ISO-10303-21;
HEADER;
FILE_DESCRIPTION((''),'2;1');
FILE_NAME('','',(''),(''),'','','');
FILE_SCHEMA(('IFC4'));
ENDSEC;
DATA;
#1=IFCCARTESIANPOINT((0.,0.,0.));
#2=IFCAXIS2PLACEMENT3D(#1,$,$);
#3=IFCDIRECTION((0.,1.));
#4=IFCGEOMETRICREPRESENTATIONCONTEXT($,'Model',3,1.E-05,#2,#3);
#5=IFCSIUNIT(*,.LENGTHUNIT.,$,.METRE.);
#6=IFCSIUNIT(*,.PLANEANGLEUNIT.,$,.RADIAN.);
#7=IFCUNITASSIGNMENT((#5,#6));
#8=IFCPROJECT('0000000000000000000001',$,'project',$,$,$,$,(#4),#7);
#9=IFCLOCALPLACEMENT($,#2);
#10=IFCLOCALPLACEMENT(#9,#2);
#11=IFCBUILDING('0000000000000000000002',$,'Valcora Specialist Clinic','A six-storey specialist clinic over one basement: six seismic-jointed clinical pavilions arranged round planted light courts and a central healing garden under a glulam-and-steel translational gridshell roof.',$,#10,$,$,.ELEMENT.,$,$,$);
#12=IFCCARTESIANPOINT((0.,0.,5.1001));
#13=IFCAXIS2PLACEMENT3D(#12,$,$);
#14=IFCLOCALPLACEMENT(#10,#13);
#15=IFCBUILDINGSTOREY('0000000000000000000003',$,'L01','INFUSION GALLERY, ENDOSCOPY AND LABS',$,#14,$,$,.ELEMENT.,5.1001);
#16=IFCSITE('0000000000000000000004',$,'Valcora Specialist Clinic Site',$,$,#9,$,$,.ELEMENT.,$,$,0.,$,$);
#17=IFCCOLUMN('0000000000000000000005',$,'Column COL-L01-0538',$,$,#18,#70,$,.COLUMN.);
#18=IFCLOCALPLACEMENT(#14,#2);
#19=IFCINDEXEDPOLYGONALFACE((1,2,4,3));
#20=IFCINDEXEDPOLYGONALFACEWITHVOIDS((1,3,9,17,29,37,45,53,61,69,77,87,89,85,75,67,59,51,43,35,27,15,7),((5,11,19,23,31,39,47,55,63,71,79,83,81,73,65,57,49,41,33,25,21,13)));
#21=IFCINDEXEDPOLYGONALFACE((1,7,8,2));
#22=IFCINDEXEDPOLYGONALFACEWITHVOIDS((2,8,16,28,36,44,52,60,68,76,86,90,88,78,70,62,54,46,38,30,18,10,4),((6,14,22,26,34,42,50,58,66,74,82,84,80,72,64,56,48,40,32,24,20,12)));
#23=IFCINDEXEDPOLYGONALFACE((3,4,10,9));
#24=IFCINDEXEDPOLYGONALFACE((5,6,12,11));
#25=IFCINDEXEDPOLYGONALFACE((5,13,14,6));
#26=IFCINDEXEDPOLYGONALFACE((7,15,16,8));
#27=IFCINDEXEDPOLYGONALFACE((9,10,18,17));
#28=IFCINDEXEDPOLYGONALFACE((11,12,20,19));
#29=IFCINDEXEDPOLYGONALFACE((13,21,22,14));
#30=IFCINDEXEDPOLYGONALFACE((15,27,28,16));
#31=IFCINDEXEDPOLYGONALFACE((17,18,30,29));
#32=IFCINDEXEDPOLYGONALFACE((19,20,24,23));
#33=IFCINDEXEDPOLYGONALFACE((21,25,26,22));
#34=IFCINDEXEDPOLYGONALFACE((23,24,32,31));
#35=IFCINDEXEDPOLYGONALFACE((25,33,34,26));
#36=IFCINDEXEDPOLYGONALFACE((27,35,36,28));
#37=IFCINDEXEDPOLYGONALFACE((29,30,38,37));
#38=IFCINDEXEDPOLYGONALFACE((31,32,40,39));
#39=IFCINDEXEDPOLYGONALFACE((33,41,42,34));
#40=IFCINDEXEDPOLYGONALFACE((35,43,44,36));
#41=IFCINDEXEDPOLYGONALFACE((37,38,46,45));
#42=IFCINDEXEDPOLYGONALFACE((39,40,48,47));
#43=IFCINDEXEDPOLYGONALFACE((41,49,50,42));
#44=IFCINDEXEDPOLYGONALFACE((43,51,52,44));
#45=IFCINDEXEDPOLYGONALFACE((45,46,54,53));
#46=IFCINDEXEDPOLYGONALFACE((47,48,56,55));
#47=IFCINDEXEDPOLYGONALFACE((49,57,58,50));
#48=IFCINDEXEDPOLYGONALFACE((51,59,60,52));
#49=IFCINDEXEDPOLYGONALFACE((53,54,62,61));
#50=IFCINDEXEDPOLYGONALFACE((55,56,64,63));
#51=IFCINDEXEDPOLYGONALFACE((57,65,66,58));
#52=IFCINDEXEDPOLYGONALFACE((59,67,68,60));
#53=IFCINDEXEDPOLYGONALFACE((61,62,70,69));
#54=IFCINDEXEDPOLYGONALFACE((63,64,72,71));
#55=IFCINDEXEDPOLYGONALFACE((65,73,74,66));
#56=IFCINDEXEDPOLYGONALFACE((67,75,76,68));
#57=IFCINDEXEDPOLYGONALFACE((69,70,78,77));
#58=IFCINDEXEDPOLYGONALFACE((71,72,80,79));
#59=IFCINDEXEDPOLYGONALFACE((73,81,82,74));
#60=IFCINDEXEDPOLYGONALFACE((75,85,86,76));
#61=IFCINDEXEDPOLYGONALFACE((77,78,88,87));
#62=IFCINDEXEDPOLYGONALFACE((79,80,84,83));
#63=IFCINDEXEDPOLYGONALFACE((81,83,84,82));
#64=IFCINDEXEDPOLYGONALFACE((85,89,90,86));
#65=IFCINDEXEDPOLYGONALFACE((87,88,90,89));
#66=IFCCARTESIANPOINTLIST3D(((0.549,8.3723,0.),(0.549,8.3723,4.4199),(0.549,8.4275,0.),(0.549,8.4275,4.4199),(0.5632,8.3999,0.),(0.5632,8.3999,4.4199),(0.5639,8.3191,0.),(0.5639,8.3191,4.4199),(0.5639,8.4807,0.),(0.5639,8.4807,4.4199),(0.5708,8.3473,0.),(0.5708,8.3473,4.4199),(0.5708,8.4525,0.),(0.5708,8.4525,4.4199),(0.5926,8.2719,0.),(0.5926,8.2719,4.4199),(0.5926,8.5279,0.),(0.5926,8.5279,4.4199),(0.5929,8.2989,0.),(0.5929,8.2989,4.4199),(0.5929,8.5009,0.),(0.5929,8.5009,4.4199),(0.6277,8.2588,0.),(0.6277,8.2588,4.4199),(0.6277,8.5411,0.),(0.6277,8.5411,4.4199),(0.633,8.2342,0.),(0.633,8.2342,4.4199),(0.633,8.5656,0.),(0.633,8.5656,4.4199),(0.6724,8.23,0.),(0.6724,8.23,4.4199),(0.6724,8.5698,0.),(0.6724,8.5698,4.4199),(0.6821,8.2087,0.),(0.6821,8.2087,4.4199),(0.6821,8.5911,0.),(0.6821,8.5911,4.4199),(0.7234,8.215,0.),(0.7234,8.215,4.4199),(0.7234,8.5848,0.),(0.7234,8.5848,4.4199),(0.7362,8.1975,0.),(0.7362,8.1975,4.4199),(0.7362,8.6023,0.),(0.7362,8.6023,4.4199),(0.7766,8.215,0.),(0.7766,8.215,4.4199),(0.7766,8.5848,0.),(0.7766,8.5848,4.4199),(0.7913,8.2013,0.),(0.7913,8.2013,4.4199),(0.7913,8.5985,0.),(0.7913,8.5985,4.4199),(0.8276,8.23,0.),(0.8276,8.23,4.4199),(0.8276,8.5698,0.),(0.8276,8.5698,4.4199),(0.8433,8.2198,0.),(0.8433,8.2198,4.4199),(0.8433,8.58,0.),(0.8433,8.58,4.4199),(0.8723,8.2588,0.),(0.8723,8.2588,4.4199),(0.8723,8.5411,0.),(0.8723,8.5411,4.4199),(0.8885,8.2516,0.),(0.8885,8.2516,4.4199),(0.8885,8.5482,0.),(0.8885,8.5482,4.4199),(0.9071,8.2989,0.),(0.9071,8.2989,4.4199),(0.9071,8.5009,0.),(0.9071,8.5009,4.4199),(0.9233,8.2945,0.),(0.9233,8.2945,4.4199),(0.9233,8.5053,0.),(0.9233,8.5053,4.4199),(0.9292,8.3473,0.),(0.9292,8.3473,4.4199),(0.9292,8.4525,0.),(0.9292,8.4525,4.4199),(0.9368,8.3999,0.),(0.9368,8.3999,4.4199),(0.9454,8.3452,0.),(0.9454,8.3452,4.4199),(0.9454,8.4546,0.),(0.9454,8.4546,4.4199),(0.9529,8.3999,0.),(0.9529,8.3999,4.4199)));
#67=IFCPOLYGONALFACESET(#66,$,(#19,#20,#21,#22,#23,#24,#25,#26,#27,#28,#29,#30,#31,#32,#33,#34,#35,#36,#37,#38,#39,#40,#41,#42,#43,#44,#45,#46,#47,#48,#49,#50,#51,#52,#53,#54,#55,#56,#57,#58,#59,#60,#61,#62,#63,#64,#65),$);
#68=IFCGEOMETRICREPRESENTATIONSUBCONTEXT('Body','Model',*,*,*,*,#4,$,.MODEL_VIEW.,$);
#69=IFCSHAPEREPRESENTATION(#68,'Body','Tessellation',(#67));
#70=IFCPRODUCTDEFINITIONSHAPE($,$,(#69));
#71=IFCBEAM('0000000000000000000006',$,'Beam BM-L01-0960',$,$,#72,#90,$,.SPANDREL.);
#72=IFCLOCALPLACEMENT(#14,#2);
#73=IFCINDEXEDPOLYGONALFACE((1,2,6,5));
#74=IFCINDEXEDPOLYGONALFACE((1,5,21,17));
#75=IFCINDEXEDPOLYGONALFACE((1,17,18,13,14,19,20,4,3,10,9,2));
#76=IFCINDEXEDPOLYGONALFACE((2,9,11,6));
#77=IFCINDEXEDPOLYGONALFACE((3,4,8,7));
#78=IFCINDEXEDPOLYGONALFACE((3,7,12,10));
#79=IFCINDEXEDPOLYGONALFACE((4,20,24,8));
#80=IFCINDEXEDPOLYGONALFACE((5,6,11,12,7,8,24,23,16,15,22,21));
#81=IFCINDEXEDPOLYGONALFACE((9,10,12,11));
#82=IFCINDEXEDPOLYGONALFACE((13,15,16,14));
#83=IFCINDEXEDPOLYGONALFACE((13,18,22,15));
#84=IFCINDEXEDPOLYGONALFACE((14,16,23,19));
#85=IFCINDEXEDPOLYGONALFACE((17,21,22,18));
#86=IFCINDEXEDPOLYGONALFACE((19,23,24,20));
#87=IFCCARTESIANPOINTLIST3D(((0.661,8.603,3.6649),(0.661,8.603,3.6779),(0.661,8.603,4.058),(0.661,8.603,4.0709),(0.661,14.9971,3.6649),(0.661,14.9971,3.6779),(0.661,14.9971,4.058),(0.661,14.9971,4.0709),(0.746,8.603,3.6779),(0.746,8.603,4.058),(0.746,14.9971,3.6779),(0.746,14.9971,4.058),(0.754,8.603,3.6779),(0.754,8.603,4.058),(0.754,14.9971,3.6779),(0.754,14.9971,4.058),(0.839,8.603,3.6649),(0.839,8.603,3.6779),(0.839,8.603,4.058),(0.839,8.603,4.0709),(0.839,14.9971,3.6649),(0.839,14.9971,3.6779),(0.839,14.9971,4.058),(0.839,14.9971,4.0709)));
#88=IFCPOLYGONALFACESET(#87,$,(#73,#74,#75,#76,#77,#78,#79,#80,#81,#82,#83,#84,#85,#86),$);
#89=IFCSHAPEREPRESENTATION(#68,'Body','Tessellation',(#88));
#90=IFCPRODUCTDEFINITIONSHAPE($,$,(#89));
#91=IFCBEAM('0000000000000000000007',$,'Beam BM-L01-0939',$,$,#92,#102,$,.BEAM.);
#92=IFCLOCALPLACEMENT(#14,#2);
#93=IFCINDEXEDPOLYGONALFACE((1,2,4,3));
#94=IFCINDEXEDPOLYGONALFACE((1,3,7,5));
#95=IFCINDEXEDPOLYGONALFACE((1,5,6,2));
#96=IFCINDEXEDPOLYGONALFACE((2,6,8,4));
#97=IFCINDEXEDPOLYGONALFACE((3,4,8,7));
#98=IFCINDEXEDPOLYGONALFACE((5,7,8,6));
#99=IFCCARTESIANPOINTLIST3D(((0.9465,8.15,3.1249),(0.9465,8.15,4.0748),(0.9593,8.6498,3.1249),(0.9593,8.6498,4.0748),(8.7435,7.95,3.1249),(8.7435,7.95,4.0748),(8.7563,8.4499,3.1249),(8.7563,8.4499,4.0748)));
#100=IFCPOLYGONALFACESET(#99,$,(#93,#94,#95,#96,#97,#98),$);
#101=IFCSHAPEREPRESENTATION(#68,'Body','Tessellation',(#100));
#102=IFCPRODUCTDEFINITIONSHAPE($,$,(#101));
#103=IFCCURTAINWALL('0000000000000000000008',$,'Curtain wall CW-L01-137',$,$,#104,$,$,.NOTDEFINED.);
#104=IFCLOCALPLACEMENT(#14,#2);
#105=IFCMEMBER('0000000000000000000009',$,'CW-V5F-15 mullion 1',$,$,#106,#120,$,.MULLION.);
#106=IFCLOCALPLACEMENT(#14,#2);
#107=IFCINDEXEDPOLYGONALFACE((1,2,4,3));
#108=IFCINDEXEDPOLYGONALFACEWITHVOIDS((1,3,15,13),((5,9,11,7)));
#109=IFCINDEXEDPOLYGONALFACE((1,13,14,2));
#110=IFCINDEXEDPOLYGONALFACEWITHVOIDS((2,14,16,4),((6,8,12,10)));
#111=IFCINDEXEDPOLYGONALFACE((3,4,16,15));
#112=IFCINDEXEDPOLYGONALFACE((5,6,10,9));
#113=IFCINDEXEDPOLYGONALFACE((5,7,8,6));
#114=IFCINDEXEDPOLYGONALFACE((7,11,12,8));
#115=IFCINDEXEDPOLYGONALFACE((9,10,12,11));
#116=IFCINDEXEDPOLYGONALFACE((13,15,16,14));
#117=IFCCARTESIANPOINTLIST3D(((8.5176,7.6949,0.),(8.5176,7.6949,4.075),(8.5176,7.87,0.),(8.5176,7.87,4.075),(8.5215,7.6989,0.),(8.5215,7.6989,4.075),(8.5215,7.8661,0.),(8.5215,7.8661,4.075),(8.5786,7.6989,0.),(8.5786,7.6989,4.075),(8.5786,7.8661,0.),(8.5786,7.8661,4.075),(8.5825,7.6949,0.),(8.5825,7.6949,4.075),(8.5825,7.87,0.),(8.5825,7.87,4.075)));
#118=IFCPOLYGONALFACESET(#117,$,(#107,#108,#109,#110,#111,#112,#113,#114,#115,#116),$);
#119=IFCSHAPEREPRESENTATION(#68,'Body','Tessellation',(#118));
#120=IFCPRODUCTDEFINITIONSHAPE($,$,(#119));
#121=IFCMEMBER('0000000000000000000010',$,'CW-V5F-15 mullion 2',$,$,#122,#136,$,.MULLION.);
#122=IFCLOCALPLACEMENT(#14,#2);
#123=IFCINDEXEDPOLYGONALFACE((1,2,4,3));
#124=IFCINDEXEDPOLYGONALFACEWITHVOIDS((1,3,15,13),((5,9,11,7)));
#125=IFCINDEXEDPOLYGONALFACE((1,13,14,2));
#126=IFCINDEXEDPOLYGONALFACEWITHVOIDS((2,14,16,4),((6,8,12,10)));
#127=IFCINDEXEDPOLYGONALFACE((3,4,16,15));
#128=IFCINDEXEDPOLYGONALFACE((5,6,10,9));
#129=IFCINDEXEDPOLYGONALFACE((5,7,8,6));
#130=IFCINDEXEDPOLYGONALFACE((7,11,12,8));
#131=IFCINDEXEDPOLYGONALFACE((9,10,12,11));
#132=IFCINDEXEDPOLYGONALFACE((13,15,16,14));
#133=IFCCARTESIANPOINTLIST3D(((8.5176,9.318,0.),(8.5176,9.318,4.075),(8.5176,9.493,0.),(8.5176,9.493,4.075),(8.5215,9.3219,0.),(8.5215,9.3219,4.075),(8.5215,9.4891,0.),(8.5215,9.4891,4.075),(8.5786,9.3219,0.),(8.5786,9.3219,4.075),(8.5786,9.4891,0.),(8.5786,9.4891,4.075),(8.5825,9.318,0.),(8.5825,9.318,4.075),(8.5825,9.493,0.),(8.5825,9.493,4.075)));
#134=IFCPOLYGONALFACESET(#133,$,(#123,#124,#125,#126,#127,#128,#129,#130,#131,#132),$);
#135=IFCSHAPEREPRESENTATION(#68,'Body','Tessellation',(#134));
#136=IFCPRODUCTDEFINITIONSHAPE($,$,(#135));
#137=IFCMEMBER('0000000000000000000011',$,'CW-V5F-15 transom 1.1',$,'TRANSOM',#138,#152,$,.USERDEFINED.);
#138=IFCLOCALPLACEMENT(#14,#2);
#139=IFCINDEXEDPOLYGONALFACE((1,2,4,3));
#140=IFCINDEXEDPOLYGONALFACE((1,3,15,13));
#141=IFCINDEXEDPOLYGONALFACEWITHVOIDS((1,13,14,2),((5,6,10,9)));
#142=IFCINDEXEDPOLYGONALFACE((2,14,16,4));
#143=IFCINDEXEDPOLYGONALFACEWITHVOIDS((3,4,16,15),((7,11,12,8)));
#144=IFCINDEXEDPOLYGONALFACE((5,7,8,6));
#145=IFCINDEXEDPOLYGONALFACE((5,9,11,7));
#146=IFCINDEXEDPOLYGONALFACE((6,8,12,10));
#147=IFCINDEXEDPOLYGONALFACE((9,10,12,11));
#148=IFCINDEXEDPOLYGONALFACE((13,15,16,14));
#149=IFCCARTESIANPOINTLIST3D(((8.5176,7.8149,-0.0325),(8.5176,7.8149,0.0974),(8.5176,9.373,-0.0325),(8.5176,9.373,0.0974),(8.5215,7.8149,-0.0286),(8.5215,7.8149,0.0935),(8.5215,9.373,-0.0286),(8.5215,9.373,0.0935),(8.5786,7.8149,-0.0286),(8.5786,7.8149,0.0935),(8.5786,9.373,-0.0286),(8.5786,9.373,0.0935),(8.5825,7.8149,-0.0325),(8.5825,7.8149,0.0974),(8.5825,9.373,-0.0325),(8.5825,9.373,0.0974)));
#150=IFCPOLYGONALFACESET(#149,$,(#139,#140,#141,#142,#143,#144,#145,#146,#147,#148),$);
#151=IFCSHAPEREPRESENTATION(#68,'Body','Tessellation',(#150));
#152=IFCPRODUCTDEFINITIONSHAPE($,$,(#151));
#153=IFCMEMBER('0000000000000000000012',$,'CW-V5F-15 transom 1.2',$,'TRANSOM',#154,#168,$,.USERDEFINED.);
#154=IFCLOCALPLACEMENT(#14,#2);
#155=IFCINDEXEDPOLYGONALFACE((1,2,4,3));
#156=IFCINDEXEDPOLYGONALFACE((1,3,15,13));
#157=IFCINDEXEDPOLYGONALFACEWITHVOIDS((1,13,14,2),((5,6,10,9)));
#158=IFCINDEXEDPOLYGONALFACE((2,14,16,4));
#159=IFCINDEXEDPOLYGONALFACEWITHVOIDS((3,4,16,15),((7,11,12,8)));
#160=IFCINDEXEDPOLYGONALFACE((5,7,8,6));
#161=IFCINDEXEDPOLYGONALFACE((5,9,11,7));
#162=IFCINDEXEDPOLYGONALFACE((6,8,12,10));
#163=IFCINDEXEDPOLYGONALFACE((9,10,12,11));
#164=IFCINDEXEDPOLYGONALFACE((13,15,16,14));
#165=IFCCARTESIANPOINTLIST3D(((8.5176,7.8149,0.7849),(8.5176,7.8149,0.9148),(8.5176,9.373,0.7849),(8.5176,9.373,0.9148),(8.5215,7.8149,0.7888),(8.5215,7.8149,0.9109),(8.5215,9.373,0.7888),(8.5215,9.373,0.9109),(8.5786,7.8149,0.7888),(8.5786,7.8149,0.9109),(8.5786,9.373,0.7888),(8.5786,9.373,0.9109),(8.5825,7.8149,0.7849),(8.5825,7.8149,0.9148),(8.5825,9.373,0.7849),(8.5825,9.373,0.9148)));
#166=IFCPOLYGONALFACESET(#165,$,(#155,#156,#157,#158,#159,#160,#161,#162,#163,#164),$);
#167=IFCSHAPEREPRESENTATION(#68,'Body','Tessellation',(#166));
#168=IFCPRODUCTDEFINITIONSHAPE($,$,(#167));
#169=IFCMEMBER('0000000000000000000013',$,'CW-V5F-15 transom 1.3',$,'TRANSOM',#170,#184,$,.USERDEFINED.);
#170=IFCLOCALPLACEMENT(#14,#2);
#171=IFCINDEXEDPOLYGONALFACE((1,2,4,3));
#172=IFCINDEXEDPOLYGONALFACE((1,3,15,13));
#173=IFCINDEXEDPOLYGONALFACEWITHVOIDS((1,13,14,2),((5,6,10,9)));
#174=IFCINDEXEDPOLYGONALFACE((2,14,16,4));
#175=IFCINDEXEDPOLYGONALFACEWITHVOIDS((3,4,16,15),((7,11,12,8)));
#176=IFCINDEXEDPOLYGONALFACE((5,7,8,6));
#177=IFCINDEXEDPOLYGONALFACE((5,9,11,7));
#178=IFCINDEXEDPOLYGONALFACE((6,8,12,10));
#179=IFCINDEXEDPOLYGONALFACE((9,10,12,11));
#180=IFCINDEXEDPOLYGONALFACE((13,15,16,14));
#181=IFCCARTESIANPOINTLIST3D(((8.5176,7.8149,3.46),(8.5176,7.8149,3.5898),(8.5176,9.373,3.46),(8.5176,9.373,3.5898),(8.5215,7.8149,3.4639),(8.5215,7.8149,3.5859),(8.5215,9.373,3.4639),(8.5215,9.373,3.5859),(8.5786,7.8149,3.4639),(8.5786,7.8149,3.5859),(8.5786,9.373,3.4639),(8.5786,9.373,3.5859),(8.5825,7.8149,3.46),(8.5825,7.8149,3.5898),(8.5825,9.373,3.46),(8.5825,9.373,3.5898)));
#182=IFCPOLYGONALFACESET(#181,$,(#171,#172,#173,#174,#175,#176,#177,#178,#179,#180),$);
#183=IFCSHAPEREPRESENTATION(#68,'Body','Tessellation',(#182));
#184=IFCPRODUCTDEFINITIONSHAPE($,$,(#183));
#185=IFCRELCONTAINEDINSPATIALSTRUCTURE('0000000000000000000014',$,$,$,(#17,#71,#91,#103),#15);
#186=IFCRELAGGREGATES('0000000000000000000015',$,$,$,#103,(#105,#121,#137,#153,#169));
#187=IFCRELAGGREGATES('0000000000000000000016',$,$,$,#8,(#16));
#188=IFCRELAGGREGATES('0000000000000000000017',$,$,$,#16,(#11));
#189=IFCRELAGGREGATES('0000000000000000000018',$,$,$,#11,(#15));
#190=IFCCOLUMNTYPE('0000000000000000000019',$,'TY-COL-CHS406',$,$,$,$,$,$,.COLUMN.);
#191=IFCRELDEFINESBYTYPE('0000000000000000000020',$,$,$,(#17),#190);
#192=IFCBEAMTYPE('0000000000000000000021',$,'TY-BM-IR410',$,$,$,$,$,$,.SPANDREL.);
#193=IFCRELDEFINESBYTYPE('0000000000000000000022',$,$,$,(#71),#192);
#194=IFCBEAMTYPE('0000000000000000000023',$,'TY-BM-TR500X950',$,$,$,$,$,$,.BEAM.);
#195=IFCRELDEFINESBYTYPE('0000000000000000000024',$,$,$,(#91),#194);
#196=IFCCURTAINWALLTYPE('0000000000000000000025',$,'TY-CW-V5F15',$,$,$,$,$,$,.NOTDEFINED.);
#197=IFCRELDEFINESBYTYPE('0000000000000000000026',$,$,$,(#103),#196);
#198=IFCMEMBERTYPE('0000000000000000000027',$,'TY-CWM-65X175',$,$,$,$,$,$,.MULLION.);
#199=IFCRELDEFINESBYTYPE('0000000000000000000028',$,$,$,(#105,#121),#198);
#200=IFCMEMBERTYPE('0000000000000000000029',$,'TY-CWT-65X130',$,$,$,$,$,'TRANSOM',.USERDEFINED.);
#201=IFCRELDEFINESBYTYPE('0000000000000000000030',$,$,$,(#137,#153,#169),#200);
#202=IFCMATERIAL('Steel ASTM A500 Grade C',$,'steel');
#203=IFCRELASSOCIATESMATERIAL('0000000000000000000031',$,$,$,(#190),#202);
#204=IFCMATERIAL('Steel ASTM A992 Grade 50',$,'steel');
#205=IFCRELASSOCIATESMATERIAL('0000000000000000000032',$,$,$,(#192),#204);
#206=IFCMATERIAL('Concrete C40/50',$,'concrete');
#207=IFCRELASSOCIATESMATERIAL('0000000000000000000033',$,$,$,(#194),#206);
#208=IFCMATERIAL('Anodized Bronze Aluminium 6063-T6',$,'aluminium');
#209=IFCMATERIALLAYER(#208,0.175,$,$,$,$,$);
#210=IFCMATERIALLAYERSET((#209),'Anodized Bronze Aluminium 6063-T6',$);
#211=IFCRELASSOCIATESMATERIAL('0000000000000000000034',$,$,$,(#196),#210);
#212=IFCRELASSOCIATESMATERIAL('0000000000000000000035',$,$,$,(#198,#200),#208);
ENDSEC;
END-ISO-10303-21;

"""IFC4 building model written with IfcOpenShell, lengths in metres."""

from ifc_helpers import new_model, si_unit, direction, frame, origin, origin_2d, place, context, subcontext, project, spatial, rectangle, hollow_rectangle, hollow_circle, i_section, extrude, material, layer, layer_set, material_profile, profile_set, type_object, element, aggregate, save


model = new_model("IFC4")

# Units and contexts
model_context = context("Model", 3, precision=1e-05, world=origin(), true_north=direction((0.0, 1.0)))
body_context = subcontext(model_context, "Body", "Model", "MODEL_VIEW")
ifc_project = project(units=[si_unit("LENGTHUNIT", "METRE"), si_unit("PLANEANGLEUNIT", "RADIAN")], contexts=[model_context])

# Site, building, storey
site_placement = place(None, origin())
site = spatial("IfcSite", under=ifc_project, at=site_placement, Name="Valcora Specialist Clinic Site", CompositionType="ELEMENT", RefElevation=0.0)
building_placement = place(site_placement, origin())
building = spatial("IfcBuilding", under=site, at=building_placement, Name="Valcora Specialist Clinic", Description="A six-storey specialist clinic over one basement: six seismic-jointed clinical pavilions arranged round planted light courts and a central healing garden under a glulam-and-steel translational gridshell roof.", CompositionType="ELEMENT")
storey_placement = place(building_placement, frame((0.0, 0.0, 5.1001)))
storey = spatial("IfcBuildingStorey", under=building, at=storey_placement, Name="L01", Description="INFUSION GALLERY, ENDOSCOPY AND LABS", CompositionType="ELEMENT", Elevation=5.1001)

# Column
ifc_material_1 = material(Name="Steel ASTM A500 Grade C", Category="steel")
ifc_material_profile_1 = material_profile(ifc_material_1, hollow_circle(Radius=0.2029, WallThickness=0.0161, at=origin_2d()), Name="ST-CHS-406X16")
ifc_profile_set_1 = profile_set([ifc_material_profile_1], Name="Steel ASTM A500 Grade C")
column_type = type_object("IfcColumnType", Name="TY-COL-CHS406", PredefinedType="COLUMN", material=ifc_profile_set_1)
column_placement = place(storey_placement, frame((0.75, 8.3999, 0.0), z_axis=(0.0, 0.0, 1.0), x_axis=(1.0, 0.0, 0.0)))
element("IfcColumn", 1, at=column_placement, inside=storey, type_object=column_type, Name="Column COL-L01-0538", PredefinedType="COLUMN", context=body_context, shape_type="SweptSolid", body=[
    extrude(hollow_circle(Radius=0.2029, WallThickness=0.0161, at=origin_2d()), origin(), (0.0, 0.0, 1.0), 4.4199),
])

# Beams
ifc_material_2 = material(Name="Steel ASTM A992 Grade 50", Category="steel")
ifc_material_profile_2 = material_profile(ifc_material_2, i_section(OverallWidth=0.178, OverallDepth=0.406, WebThickness=0.0081, FlangeThickness=0.0129, at=origin_2d()), Name="ST-IR-410X180")
ifc_profile_set_2 = profile_set([ifc_material_profile_2], Name="Steel ASTM A992 Grade 50")
beam_type_1 = type_object("IfcBeamType", Name="TY-BM-IR410", PredefinedType="SPANDREL", material=ifc_profile_set_2)
beam_1_placement = place(storey_placement, frame((0.75, 8.603, 3.8679), z_axis=(0.0, 1.0, 0.0), x_axis=(-1.0, 0.0, 0.0)))
element("IfcBeam", 2, at=beam_1_placement, inside=storey, type_object=beam_type_1, Name="Beam BM-L01-0960", PredefinedType="SPANDREL", context=body_context, shape_type="SweptSolid", body=[
    extrude(i_section(OverallWidth=0.178, OverallDepth=0.406, WebThickness=0.0081, FlangeThickness=0.0129, at=origin_2d()), origin(), (0.0, 0.0, 1.0), 6.394),
])
ifc_material_3 = material(Name="Concrete C40/50", Category="concrete")
ifc_material_profile_3 = material_profile(ifc_material_3, rectangle(XDim=0.5, YDim=0.95, at=origin_2d()), Name="RC-BM-500X950")
ifc_profile_set_3 = profile_set([ifc_material_profile_3], Name="Concrete C40/50")
beam_type_2 = type_object("IfcBeamType", Name="TY-BM-TR500X950", PredefinedType="BEAM", material=ifc_profile_set_3)
beam_2_placement = place(storey_placement, frame((0.9529, 8.3999, 3.5999), z_axis=(0.999671, -0.025636, 0.0), x_axis=(0.025636, 0.999671, 0.0)))
element("IfcBeam", 3, at=beam_2_placement, inside=storey, type_object=beam_type_2, Name="Beam BM-L01-0939", PredefinedType="BEAM", context=body_context, shape_type="SweptSolid", body=[
    extrude(rectangle(XDim=0.5, YDim=0.95, at=origin_2d()), origin(), (0.0, 0.0, 1.0), 7.7996),
])

# Curtain wall, members
ifc_material_4 = material(Name="Anodized Bronze Aluminium 6063-T6", Category="aluminium")
ifc_layer_1 = layer(ifc_material_4, 0.175)
ifc_layer_set_1 = layer_set([ifc_layer_1], Name="Anodized Bronze Aluminium 6063-T6")
curtain_wall_type = type_object("IfcCurtainWallType", Name="TY-CW-V5F15", PredefinedType="NOTDEFINED", material=ifc_layer_set_1)
curtain_wall_placement = place(storey_placement, origin())
curtain_wall = element("IfcCurtainWall", 4, at=curtain_wall_placement, inside=storey, type_object=curtain_wall_type, Name="Curtain wall CW-L01-137", PredefinedType="NOTDEFINED")
ifc_material_profile_4 = material_profile(ifc_material_4, hollow_rectangle(XDim=0.0649, YDim=0.175, WallThickness=0.0039, at=origin_2d()), Name="AL-MUL-65X175")
ifc_profile_set_4 = profile_set([ifc_material_profile_4], Name="Anodized Bronze Aluminium 6063-T6")
member_type_1 = type_object("IfcMemberType", Name="TY-CWM-65X175", PredefinedType="MULLION", material=ifc_profile_set_4)
member_1_placement = place(storey_placement, frame((8.55, 7.7825, 0.0), z_axis=(0.0, 0.0, 1.0), x_axis=(-1.0, 0.0, 0.0)))
member_1 = element("IfcMember", 5, at=member_1_placement, type_object=member_type_1, Name="CW-V5F-15 mullion 1", PredefinedType="MULLION", context=body_context, shape_type="SweptSolid", body=[
    extrude(hollow_rectangle(XDim=0.0649, YDim=0.175, WallThickness=0.0039, at=origin_2d()), origin(), (0.0, 0.0, 1.0), 4.075),
])
member_2_placement = place(storey_placement, frame((8.55, 9.4055, 0.0), z_axis=(0.0, 0.0, 1.0), x_axis=(-1.0, 0.0, 0.0)))
member_2 = element("IfcMember", 6, at=member_2_placement, type_object=member_type_1, Name="CW-V5F-15 mullion 2", PredefinedType="MULLION", context=body_context, shape_type="SweptSolid", body=[
    extrude(hollow_rectangle(XDim=0.0649, YDim=0.175, WallThickness=0.0039, at=origin_2d()), origin(), (0.0, 0.0, 1.0), 4.075),
])
ifc_material_profile_5 = material_profile(ifc_material_4, hollow_rectangle(XDim=0.0649, YDim=0.1299, WallThickness=0.0039, at=origin_2d()), Name="AL-TRN-65X130")
ifc_profile_set_5 = profile_set([ifc_material_profile_5], Name="Anodized Bronze Aluminium 6063-T6")
member_type_2 = type_object("IfcMemberType", Name="TY-CWT-65X130", ElementType="TRANSOM", PredefinedType="USERDEFINED", material=ifc_profile_set_5)
member_3_placement = place(storey_placement, frame((8.55, 7.8149, 0.0325), z_axis=(0.0, 1.0, 0.0), x_axis=(-1.0, 0.0, 0.0)))
member_3 = element("IfcMember", 7, at=member_3_placement, type_object=member_type_2, Name="CW-V5F-15 transom 1.1", ObjectType="TRANSOM", PredefinedType="USERDEFINED", context=body_context, shape_type="SweptSolid", body=[
    extrude(hollow_rectangle(XDim=0.0649, YDim=0.1299, WallThickness=0.0039, at=origin_2d()), origin(), (0.0, 0.0, 1.0), 1.5581),
])
member_4_placement = place(storey_placement, frame((8.55, 7.8149, 0.8499), z_axis=(0.0, 1.0, 0.0), x_axis=(-1.0, 0.0, 0.0)))
member_4 = element("IfcMember", 8, at=member_4_placement, type_object=member_type_2, Name="CW-V5F-15 transom 1.2", ObjectType="TRANSOM", PredefinedType="USERDEFINED", context=body_context, shape_type="SweptSolid", body=[
    extrude(hollow_rectangle(XDim=0.0649, YDim=0.1299, WallThickness=0.0039, at=origin_2d()), origin(), (0.0, 0.0, 1.0), 1.5581),
])
member_5_placement = place(storey_placement, frame((8.55, 7.8149, 3.5249), z_axis=(0.0, 1.0, 0.0), x_axis=(-1.0, 0.0, 0.0)))
member_5 = element("IfcMember", 9, at=member_5_placement, type_object=member_type_2, Name="CW-V5F-15 transom 1.3", ObjectType="TRANSOM", PredefinedType="USERDEFINED", context=body_context, shape_type="SweptSolid", body=[
    extrude(hollow_rectangle(XDim=0.0649, YDim=0.1299, WallThickness=0.0039, at=origin_2d()), origin(), (0.0, 0.0, 1.0), 1.5581),
])
aggregate(curtain_wall, [member_1, member_2, member_3, member_4, member_5])

save(model, "model.ifc")
